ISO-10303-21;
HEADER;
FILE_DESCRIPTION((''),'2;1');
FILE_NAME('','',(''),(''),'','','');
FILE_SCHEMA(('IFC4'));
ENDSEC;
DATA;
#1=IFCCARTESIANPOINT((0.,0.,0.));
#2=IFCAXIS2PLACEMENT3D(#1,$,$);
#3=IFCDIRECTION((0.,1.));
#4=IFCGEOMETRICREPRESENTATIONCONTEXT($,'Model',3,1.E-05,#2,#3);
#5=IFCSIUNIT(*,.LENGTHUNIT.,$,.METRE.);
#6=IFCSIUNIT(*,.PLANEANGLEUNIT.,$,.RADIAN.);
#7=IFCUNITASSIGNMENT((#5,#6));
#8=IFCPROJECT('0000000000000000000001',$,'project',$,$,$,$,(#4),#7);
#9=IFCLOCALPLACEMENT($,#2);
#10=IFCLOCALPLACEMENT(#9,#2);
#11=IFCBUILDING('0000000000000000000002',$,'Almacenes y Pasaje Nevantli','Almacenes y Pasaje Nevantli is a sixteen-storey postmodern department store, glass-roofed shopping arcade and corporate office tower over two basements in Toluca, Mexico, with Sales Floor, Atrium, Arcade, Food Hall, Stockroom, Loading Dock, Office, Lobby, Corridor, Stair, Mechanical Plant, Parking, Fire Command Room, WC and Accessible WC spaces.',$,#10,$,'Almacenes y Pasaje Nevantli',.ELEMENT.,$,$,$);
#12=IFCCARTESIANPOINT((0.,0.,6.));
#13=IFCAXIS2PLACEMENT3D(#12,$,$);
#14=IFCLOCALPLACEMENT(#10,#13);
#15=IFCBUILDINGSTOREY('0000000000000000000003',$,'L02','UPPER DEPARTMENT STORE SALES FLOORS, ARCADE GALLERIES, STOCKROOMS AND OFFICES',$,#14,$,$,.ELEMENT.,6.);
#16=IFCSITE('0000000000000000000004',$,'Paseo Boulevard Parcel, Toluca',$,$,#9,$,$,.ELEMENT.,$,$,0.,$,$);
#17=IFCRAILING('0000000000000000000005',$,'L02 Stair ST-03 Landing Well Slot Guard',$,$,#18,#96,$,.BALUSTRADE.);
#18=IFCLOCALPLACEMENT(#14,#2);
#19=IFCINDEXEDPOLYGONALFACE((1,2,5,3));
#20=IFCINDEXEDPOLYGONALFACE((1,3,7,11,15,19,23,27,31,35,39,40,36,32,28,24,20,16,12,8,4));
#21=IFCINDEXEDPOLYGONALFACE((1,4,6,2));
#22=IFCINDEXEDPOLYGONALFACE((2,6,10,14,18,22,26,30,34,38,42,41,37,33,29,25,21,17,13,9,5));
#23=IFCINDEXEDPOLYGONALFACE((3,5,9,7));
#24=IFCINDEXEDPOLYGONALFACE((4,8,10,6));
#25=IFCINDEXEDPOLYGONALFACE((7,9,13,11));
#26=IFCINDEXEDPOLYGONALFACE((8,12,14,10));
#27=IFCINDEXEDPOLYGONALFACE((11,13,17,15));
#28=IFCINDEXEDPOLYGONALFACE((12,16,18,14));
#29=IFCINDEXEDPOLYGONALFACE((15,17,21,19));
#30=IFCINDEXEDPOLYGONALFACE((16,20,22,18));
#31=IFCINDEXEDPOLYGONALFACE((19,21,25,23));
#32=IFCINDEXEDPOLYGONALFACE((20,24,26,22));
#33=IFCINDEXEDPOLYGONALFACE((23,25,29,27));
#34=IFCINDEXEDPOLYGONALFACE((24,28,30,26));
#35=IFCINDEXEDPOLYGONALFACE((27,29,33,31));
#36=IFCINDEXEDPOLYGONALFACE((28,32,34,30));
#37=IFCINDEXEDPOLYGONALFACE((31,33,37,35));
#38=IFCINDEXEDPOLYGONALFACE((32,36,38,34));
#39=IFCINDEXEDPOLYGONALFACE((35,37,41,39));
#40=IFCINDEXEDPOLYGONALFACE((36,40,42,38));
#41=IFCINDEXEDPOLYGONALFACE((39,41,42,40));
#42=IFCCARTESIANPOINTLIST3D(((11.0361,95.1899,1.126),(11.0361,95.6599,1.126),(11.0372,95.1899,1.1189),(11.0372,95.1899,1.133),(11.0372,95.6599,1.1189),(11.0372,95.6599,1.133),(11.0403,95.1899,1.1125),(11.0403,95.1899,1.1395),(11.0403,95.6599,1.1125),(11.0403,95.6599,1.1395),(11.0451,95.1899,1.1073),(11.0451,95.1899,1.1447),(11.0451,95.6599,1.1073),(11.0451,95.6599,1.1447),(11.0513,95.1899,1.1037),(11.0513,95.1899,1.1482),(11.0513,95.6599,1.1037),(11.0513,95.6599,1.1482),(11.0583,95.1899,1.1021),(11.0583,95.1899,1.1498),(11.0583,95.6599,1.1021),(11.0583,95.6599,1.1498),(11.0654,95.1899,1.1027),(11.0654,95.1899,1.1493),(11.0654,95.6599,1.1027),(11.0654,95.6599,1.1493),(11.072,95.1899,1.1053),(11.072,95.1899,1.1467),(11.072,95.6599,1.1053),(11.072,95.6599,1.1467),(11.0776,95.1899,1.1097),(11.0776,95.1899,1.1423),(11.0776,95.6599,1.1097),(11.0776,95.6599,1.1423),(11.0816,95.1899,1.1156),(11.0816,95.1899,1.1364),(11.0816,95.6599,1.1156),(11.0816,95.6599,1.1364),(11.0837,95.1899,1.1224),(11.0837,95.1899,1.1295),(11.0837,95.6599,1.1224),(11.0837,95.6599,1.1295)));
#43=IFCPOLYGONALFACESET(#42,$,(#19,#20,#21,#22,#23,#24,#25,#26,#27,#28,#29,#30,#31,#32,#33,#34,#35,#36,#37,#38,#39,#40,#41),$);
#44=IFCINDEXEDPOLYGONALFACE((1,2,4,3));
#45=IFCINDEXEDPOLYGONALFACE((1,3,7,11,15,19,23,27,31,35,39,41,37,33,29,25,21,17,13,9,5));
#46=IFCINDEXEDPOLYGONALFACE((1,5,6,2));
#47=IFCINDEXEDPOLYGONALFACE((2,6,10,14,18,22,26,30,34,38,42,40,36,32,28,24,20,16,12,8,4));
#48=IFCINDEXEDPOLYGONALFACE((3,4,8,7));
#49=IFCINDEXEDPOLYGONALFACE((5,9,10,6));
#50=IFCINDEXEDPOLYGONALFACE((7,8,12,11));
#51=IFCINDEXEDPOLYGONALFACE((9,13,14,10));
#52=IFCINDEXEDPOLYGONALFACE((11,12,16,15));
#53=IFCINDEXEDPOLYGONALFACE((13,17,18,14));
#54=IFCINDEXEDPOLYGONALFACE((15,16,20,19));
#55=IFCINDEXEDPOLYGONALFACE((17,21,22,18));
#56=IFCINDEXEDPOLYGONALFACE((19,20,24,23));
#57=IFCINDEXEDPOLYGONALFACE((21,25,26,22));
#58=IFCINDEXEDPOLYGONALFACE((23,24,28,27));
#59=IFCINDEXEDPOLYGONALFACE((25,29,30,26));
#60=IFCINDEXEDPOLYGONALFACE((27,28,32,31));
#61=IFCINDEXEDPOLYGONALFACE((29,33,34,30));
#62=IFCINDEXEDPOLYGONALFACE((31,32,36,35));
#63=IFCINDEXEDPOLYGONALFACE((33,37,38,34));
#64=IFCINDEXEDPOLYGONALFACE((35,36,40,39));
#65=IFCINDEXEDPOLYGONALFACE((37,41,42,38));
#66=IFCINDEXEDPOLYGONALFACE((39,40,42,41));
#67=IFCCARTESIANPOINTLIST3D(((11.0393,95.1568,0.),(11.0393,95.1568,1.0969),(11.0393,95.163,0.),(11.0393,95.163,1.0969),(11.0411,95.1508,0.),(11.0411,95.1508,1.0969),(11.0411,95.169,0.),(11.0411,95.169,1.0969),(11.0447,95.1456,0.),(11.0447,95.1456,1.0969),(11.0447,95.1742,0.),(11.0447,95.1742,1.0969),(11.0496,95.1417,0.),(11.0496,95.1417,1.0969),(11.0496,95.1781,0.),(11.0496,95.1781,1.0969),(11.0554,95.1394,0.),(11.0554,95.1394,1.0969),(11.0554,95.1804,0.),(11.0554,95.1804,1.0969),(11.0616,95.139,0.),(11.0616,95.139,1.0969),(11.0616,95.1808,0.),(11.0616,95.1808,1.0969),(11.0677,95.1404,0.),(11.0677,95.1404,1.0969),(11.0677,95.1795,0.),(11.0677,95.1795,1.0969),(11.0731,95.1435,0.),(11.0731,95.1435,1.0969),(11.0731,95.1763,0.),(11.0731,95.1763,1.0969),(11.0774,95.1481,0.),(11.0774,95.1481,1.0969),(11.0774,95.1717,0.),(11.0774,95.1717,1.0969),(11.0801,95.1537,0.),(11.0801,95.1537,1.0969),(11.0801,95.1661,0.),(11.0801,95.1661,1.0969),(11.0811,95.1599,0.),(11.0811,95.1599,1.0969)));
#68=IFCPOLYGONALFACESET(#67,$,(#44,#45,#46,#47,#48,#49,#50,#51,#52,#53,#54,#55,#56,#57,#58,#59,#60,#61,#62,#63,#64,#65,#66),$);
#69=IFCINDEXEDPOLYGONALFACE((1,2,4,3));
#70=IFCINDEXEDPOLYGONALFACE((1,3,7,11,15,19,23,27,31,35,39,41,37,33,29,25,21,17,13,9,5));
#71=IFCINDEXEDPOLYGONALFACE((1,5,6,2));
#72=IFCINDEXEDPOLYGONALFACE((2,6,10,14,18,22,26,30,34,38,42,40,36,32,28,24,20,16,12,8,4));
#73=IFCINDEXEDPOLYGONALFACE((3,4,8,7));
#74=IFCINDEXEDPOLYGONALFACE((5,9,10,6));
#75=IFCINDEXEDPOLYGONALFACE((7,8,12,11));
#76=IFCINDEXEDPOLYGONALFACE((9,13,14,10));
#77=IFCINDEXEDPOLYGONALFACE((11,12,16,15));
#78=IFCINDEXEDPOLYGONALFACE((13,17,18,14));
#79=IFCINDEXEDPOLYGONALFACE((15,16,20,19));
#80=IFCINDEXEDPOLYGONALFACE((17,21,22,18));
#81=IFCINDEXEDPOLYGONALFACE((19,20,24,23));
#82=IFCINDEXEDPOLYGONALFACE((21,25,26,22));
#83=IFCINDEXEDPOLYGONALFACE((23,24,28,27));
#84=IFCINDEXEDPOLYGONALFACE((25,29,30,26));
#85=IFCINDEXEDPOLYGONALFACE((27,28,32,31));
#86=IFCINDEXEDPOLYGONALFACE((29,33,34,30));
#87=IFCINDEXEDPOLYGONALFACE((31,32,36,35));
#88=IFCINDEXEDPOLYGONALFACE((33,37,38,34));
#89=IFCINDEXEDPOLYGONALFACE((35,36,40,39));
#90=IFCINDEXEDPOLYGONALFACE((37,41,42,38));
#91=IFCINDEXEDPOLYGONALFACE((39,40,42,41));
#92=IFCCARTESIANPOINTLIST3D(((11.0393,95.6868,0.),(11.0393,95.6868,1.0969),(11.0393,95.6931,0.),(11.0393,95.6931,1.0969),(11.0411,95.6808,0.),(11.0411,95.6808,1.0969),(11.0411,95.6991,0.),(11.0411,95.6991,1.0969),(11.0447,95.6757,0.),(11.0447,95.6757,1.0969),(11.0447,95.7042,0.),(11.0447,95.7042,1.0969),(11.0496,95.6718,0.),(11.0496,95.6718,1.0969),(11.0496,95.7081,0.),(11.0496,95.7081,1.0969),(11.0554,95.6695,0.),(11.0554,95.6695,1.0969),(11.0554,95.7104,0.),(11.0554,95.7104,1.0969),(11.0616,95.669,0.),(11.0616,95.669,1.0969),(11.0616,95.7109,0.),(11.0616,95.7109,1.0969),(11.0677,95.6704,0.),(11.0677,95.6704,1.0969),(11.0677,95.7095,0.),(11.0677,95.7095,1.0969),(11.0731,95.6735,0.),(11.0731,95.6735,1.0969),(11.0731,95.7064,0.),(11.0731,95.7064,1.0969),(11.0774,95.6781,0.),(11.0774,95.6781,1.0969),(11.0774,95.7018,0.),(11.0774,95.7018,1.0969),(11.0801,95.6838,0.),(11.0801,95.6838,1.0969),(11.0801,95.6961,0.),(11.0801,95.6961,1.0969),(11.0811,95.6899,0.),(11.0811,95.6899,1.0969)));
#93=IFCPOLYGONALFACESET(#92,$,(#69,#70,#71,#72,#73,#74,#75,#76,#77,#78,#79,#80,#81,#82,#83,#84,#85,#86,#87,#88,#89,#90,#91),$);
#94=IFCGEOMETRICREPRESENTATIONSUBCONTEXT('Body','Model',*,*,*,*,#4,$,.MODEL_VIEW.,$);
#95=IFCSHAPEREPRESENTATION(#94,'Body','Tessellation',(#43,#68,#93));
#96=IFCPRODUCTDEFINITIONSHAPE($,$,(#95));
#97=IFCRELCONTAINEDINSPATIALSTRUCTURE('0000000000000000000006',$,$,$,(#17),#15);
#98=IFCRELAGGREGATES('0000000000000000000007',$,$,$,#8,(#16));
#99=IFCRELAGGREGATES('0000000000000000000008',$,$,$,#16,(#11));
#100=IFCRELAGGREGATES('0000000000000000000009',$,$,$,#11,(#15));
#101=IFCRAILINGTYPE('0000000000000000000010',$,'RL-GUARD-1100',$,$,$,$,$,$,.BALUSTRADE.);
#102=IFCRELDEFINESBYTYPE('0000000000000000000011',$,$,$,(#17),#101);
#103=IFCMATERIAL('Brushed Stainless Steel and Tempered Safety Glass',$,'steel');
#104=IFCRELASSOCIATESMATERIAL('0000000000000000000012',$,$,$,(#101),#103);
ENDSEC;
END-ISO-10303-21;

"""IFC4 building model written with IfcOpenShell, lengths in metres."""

from ifc_helpers import new_model, si_unit, direction, frame, origin, origin_2d, place, context, subcontext, project, spatial, circle, extrude, material, type_object, element, save


model = new_model("IFC4")

# Units and contexts
model_context = context("Model", 3, precision=1e-05, world=origin(), true_north=direction((0.0, 1.0)))
body_context = subcontext(model_context, "Body", "Model", "MODEL_VIEW")
ifc_project = project(units=[si_unit("LENGTHUNIT", "METRE"), si_unit("PLANEANGLEUNIT", "RADIAN")], contexts=[model_context])

# Site, building, storey
site_placement = place(None, origin())
site = spatial("IfcSite", under=ifc_project, at=site_placement, Name="Paseo Boulevard Parcel, Toluca", CompositionType="ELEMENT", RefElevation=0.0)
building_placement = place(site_placement, origin())
building = spatial("IfcBuilding", under=site, at=building_placement, Name="Almacenes y Pasaje Nevantli", Description="Almacenes y Pasaje Nevantli is a sixteen-storey postmodern department store, glass-roofed shopping arcade and corporate office tower over two basements in Toluca, Mexico, with Sales Floor, Atrium, Arcade, Food Hall, Stockroom, Loading Dock, Office, Lobby, Corridor, Stair, Mechanical Plant, Parking, Fire Command Room, WC and Accessible WC spaces.", LongName="Almacenes y Pasaje Nevantli", CompositionType="ELEMENT")
storey_placement = place(building_placement, frame((0.0, 0.0, 6.0)))
storey = spatial("IfcBuildingStorey", under=building, at=storey_placement, Name="L02", Description="UPPER DEPARTMENT STORE SALES FLOORS, ARCADE GALLERIES, STOCKROOMS AND OFFICES", CompositionType="ELEMENT", Elevation=6.0)

# Railing
ifc_material_1 = material(Name="Brushed Stainless Steel and Tempered Safety Glass", Category="steel")
railing_type_1 = type_object("IfcRailingType", Name="RL-GUARD-1100", PredefinedType="BALUSTRADE", material=ifc_material_1)
railing_1_placement = place(storey_placement, frame((11.0601, 95.1599, 0.0)))
element("IfcRailing", 1, at=railing_1_placement, inside=storey, type_object=railing_type_1, Name="L02 Stair ST-03 Landing Well Slot Guard", PredefinedType="BALUSTRADE", context=body_context, shape_type="SweptSolid", body=[
    extrude(circle(Radius=0.0239, at=origin_2d()), frame((0.0, 0.03, 1.126), z_axis=(0.0, 1.0, 0.0), x_axis=(-1.0, 0.0, 0.0)), (0.0, 0.0, 1.0), 0.47),
    extrude(circle(Radius=0.021, at=origin_2d()), origin(), (0.0, 0.0, 1.0), 1.0969),
    extrude(circle(Radius=0.021, at=origin_2d()), frame((0.0, 0.53, 0.0)), (0.0, 0.0, 1.0), 1.0969),
])

save(model, "model.ifc")
